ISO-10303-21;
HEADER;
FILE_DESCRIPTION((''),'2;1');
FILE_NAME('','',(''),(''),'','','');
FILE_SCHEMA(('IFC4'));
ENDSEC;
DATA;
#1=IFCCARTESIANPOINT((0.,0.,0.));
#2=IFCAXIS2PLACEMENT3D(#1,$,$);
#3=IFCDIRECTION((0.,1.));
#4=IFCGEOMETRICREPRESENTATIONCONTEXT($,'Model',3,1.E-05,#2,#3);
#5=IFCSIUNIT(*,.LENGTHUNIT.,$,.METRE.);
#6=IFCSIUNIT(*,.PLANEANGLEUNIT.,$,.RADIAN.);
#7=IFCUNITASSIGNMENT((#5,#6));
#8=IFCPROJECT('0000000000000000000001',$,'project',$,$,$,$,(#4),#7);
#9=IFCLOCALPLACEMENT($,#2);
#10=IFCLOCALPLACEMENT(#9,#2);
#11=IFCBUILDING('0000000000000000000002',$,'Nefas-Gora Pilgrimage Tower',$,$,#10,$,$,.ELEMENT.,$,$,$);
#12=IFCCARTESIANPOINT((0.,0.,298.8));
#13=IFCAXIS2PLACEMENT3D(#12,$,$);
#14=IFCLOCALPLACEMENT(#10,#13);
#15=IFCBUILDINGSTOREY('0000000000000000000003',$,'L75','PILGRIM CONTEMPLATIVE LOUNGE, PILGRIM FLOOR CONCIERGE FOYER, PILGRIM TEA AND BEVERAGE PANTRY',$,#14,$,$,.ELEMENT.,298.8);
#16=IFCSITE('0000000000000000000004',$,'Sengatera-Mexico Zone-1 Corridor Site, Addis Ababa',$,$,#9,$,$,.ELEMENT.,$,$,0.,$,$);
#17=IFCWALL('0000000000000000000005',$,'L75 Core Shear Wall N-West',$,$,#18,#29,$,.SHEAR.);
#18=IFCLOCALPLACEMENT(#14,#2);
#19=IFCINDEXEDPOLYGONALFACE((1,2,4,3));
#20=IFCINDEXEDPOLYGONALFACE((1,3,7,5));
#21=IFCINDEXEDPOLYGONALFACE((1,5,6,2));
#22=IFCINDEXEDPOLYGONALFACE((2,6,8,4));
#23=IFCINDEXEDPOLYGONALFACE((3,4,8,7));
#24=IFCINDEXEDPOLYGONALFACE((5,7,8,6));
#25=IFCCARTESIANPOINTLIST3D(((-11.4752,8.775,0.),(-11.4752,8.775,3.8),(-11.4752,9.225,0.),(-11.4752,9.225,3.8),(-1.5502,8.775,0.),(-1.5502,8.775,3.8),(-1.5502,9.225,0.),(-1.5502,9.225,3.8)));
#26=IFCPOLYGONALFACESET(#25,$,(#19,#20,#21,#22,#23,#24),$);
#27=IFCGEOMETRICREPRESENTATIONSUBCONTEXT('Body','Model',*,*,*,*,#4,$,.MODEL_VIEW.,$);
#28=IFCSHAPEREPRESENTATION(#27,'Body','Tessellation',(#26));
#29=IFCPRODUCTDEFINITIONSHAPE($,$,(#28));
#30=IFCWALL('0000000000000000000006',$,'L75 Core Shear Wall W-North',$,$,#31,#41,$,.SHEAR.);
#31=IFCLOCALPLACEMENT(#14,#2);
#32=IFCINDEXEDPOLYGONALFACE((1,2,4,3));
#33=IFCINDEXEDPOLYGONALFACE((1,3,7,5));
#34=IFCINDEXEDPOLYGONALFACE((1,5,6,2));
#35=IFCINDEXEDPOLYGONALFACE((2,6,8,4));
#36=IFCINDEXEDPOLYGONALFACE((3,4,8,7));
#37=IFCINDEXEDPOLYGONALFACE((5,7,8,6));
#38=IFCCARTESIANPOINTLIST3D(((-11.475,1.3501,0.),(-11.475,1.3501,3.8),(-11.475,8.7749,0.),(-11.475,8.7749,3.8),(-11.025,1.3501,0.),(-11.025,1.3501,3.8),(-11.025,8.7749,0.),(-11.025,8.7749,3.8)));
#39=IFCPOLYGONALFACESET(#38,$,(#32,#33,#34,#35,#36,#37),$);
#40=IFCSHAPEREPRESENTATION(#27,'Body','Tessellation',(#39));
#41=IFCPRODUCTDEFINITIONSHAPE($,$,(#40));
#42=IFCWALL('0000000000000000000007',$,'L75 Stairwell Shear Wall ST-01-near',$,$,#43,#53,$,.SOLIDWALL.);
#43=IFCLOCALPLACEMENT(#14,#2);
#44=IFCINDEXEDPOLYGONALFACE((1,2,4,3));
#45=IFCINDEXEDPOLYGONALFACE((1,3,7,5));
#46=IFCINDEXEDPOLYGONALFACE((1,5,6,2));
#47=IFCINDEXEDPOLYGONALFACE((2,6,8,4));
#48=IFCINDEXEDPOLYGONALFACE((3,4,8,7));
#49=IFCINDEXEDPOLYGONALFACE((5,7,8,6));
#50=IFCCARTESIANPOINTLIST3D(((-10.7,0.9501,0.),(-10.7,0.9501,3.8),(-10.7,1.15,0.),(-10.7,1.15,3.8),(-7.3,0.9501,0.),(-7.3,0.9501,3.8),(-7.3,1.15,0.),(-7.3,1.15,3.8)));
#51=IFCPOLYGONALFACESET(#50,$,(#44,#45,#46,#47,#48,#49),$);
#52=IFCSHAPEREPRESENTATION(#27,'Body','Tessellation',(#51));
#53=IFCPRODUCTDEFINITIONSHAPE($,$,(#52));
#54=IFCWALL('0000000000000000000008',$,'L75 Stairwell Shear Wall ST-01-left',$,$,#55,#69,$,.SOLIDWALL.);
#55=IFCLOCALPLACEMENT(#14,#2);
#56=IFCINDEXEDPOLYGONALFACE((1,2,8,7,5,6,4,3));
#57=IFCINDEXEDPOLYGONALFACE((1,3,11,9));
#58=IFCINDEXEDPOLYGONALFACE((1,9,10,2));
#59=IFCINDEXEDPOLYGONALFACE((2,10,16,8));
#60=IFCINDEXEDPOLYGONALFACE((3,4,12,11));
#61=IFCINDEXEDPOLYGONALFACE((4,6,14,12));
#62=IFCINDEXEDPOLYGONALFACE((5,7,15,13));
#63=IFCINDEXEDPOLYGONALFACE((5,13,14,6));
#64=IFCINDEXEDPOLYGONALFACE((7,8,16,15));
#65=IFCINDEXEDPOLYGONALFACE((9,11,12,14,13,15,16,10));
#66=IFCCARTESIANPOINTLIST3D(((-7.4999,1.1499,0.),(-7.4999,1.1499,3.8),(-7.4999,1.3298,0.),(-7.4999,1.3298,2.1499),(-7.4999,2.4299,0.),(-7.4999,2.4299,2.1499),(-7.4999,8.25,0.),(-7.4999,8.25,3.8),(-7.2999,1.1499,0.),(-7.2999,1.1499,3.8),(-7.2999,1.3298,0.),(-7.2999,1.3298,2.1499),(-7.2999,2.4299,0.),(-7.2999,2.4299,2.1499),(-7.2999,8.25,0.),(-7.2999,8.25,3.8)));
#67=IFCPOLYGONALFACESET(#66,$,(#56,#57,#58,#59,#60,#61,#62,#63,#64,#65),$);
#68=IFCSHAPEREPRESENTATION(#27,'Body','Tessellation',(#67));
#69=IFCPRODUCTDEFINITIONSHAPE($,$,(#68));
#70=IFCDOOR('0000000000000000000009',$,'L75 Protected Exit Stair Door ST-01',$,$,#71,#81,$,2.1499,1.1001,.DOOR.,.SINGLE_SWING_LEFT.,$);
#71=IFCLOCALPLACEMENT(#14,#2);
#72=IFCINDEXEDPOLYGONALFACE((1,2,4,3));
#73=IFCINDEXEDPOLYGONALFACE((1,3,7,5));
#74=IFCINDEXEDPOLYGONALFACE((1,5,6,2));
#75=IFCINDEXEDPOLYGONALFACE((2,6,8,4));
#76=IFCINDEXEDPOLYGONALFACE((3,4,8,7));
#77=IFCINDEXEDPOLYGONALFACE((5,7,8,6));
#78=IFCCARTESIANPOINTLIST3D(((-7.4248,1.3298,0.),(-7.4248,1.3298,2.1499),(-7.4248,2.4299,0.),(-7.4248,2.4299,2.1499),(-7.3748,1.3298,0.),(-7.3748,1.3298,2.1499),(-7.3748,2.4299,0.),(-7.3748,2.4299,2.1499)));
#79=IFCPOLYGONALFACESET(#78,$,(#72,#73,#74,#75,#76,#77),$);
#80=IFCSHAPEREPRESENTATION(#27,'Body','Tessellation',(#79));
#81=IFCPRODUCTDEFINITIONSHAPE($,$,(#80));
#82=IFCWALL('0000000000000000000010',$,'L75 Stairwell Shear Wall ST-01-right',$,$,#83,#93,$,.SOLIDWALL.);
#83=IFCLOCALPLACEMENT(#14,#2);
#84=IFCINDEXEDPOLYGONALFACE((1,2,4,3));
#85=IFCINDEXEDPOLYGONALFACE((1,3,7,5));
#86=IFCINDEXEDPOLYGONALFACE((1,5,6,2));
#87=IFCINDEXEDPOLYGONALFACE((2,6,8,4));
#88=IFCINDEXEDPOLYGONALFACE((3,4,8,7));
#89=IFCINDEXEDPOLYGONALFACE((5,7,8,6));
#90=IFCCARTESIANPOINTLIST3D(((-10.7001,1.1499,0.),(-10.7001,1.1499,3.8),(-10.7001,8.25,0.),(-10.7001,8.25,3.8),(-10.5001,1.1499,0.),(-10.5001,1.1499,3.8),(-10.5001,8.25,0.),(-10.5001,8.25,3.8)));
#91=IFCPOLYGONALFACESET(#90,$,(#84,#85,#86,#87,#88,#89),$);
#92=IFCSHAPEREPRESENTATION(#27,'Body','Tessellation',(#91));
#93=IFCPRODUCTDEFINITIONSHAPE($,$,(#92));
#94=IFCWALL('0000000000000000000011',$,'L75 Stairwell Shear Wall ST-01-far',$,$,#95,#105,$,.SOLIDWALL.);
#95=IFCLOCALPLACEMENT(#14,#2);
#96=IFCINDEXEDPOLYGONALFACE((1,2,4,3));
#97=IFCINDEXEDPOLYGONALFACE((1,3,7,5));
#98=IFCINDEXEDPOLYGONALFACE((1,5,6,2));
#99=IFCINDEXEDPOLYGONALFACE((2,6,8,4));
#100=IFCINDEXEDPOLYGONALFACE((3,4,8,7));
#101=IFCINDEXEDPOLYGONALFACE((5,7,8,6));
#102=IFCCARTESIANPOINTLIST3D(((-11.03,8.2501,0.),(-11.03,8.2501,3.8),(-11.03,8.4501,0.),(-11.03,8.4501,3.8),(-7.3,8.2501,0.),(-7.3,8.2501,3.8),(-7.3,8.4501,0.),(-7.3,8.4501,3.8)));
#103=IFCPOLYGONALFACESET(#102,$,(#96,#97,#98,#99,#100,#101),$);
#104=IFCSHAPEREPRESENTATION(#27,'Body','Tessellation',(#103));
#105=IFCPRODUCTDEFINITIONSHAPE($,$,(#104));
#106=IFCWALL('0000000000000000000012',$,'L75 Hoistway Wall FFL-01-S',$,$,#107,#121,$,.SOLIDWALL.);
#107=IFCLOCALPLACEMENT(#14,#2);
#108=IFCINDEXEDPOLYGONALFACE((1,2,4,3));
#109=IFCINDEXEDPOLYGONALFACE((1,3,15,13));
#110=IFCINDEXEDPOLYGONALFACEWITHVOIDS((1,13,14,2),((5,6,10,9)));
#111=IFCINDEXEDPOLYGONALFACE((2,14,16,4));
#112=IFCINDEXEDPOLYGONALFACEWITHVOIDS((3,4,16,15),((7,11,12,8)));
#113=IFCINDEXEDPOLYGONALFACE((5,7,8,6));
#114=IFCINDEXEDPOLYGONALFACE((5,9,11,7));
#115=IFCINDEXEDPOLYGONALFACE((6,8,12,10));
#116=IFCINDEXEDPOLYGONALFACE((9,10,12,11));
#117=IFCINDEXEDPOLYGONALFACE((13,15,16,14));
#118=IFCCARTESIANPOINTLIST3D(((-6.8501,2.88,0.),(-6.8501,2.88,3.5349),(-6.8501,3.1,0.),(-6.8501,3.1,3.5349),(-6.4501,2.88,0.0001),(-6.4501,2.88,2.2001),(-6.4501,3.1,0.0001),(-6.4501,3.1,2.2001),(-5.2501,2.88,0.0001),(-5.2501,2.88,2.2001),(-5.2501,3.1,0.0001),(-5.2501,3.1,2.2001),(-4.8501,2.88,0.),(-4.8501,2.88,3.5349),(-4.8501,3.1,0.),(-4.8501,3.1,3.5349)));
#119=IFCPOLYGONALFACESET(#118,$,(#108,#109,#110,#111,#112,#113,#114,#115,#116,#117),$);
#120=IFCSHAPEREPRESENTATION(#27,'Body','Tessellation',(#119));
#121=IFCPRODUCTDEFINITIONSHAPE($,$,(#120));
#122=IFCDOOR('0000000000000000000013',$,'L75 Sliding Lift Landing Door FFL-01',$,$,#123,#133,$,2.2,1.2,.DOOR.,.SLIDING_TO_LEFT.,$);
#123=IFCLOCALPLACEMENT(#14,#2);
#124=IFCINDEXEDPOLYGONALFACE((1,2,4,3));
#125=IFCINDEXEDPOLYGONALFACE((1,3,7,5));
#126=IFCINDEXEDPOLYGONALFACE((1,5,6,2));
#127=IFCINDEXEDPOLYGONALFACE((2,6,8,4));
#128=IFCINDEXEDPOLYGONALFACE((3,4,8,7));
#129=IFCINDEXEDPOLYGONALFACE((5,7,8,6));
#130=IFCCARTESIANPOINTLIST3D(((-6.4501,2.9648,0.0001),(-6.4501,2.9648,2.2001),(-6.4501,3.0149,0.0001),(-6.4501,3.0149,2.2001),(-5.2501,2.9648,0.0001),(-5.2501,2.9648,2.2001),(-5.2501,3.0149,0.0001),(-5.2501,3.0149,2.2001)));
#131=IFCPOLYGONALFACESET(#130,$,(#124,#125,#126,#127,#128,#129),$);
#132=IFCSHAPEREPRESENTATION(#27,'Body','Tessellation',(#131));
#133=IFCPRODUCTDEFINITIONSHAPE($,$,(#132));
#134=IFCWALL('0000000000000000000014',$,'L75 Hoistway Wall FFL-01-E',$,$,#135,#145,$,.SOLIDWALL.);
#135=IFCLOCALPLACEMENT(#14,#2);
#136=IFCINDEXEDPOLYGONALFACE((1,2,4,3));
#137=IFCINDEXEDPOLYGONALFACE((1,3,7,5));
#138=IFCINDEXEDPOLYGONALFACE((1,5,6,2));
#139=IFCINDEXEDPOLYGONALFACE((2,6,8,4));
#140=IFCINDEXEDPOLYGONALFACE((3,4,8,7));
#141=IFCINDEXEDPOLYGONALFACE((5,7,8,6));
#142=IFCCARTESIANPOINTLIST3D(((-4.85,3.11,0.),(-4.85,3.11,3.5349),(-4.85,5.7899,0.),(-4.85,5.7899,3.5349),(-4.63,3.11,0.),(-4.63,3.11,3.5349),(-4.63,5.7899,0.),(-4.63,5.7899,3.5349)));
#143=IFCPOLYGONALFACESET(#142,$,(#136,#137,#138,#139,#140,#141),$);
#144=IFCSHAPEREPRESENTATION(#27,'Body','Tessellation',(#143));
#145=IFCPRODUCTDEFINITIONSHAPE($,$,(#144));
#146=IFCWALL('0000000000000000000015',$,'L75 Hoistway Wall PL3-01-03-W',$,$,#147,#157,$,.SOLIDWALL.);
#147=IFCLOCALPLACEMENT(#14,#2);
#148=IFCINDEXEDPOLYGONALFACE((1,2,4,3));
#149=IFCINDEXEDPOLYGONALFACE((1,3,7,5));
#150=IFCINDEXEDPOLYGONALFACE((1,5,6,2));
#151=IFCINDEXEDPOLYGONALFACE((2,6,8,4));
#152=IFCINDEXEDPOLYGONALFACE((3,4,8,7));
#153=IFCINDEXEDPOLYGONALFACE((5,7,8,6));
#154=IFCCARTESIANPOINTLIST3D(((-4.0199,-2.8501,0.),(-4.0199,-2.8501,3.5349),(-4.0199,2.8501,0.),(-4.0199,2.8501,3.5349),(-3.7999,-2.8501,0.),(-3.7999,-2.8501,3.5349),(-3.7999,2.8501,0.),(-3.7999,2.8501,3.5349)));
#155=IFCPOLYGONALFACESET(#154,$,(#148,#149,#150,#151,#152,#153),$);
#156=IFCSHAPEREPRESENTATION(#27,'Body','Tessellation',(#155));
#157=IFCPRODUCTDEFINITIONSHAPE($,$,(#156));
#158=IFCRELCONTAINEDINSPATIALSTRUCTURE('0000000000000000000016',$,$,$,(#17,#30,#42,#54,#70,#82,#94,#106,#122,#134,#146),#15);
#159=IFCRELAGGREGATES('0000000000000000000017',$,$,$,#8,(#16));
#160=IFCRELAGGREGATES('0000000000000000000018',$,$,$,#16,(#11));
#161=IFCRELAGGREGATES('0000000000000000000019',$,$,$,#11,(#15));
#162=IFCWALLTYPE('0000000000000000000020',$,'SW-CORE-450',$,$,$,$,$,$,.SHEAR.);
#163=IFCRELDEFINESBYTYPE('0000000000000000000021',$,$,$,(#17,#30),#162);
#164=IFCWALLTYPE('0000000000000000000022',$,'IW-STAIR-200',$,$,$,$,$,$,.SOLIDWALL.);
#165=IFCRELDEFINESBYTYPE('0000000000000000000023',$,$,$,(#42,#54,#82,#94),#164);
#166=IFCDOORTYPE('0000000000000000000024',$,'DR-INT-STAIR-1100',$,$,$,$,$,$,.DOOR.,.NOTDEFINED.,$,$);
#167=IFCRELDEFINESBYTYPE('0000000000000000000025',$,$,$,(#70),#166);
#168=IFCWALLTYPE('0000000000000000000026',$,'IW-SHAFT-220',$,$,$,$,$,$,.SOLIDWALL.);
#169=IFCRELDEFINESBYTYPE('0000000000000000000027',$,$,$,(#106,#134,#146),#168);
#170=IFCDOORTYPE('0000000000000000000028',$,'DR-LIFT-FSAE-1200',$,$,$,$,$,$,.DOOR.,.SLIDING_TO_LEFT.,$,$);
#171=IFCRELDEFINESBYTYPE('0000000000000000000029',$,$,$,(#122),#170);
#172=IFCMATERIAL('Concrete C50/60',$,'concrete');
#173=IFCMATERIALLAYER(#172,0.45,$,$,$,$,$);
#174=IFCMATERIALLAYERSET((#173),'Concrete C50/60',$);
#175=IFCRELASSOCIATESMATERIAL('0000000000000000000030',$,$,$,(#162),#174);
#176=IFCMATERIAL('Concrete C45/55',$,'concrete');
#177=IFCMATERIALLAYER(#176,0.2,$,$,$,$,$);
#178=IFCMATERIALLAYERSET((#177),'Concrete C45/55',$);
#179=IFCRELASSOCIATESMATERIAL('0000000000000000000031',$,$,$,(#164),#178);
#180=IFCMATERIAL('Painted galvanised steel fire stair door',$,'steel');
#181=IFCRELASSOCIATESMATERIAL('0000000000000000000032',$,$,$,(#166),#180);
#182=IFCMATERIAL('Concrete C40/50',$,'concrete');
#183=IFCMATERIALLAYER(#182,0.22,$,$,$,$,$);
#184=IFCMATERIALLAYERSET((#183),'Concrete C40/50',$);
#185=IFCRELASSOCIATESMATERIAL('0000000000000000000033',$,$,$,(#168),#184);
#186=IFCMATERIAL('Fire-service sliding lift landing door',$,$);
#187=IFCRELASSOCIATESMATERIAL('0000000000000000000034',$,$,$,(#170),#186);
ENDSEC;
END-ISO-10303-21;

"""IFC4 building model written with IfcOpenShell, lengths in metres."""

from ifc_helpers import new_model, si_unit, direction, frame, frame_2d, origin, place, context, subcontext, project, spatial, rectangle, extrude, source, transform, mapped, material, layer, layer_set, type_object, element, fill, save


model = new_model("IFC4")

# Units and contexts
model_context = context("Model", 3, precision=1e-05, world=origin(), true_north=direction((0.0, 1.0)))
body_context = subcontext(model_context, "Body", "Model", "MODEL_VIEW")
ifc_project = project(units=[si_unit("LENGTHUNIT", "METRE"), si_unit("PLANEANGLEUNIT", "RADIAN")], contexts=[model_context])

# Site, building, storey
site_placement = place(None, origin())
site = spatial("IfcSite", under=ifc_project, at=site_placement, Name="Sengatera-Mexico Zone-1 Corridor Site, Addis Ababa", CompositionType="ELEMENT", RefElevation=0.0)
building_placement = place(site_placement, origin())
building = spatial("IfcBuilding", under=site, at=building_placement, Name="Nefas-Gora Pilgrimage Tower", CompositionType="ELEMENT")
storey_placement = place(building_placement, frame((0.0, 0.0, 298.8)))
storey = spatial("IfcBuildingStorey", under=building, at=storey_placement, Name="L75", Description="PILGRIM CONTEMPLATIVE LOUNGE, PILGRIM FLOOR CONCIERGE FOYER, PILGRIM TEA AND BEVERAGE PANTRY", CompositionType="ELEMENT", Elevation=298.8)

# Walls
ifc_material_1 = material(Name="Concrete C50/60", Category="concrete")
ifc_layer_1 = layer(ifc_material_1, 0.45)
ifc_layer_set_1 = layer_set([ifc_layer_1], Name="Concrete C50/60")
wall_type_1 = type_object("IfcWallType", Name="SW-CORE-450", PredefinedType="SHEAR", material=ifc_layer_set_1)
shared_shape_1 = source(origin(), body_context, "Body", "SweptSolid", [
    extrude(rectangle(XDim=9.925, YDim=0.45, at=frame_2d((4.9624, 0.0))), origin(), (0.0, 0.0, 1.0), 3.8),
])
wall_1_placement = place(storey_placement, frame((-11.4751, 9.0, 0.0), z_axis=(0.0, 0.0, 1.0), x_axis=(1.0, 0.0, 0.0)))
element("IfcWall", 1, at=wall_1_placement, inside=storey, type_object=wall_type_1, Name="L75 Core Shear Wall N-West", PredefinedType="SHEAR", context=body_context, shape_type="MappedRepresentation", body=[
    mapped(shared_shape_1, transform((0.0, 0.0, 0.0), x_axis=(1.0, 0.0, 0.0), y_axis=(0.0, 1.0, 0.0), z_axis=(0.0, 0.0, 1.0), scale=1.0)),
])
shared_shape_2 = source(origin(), body_context, "Body", "SweptSolid", [
    extrude(rectangle(XDim=7.4248, YDim=0.45, at=frame_2d((3.7124, 0.0))), origin(), (0.0, 0.0, 1.0), 3.8),
])
wall_2_placement = place(storey_placement, frame((-11.25, 1.3501, 0.0), z_axis=(0.0, 0.0, 1.0), x_axis=(0.0, 1.0, 0.0)))
element("IfcWall", 2, at=wall_2_placement, inside=storey, type_object=wall_type_1, Name="L75 Core Shear Wall W-North", PredefinedType="SHEAR", context=body_context, shape_type="MappedRepresentation", body=[
    mapped(shared_shape_2, transform((0.0, 0.0, 0.0), x_axis=(1.0, 0.0, 0.0), y_axis=(0.0, 1.0, 0.0), z_axis=(0.0, 0.0, 1.0), scale=1.0)),
])
ifc_material_2 = material(Name="Concrete C45/55", Category="concrete")
ifc_layer_2 = layer(ifc_material_2, 0.2)
ifc_layer_set_2 = layer_set([ifc_layer_2], Name="Concrete C45/55")
wall_type_2 = type_object("IfcWallType", Name="IW-STAIR-200", PredefinedType="SOLIDWALL", material=ifc_layer_set_2)
shared_shape_3 = source(origin(), body_context, "Body", "SweptSolid", [
    extrude(rectangle(XDim=3.3999, YDim=0.2, at=frame_2d((1.7, 0.0))), origin(), (0.0, 0.0, 1.0), 3.8),
])
wall_3_placement = place(storey_placement, frame((-7.3, 1.05, 0.0), z_axis=(0.0, 0.0, 1.0), x_axis=(-1.0, 0.0, 0.0)))
element("IfcWall", 3, at=wall_3_placement, inside=storey, type_object=wall_type_2, Name="L75 Stairwell Shear Wall ST-01-near", PredefinedType="SOLIDWALL", context=body_context, shape_type="MappedRepresentation", body=[
    mapped(shared_shape_3, transform((0.0, 0.0, 0.0), x_axis=(1.0, 0.0, 0.0), y_axis=(0.0, 1.0, 0.0), z_axis=(0.0, 0.0, 1.0), scale=1.0)),
])

# Wall, opening, door
shared_shape_4 = source(origin(), body_context, "Body", "SweptSolid", [
    extrude(rectangle(XDim=7.1001, YDim=0.2, at=frame_2d((3.55, 0.0))), origin(), (0.0, 0.0, 1.0), 3.8),
])
wall_4_placement = place(storey_placement, frame((-7.3999, 1.1499, 0.0), z_axis=(0.0, 0.0, 1.0), x_axis=(0.0, 1.0, 0.0)))
wall_4 = element("IfcWall", 4, at=wall_4_placement, inside=storey, type_object=wall_type_2, Name="L75 Stairwell Shear Wall ST-01-left", PredefinedType="SOLIDWALL", context=body_context, shape_type="MappedRepresentation", body=[
    mapped(shared_shape_4, transform((0.0, 0.0, 0.0), x_axis=(1.0, 0.0, 0.0), y_axis=(0.0, 1.0, 0.0), z_axis=(0.0, 0.0, 1.0), scale=1.0)),
])
opening_1_placement = place(wall_4_placement, frame((0.1799, 0.0, 0.0)))
opening_1 = element("IfcOpeningElement", 5, at=opening_1_placement, cuts=wall_4, PredefinedType="OPENING", context=body_context, shape_type="SweptSolid", body=[
    extrude(rectangle(XDim=1.1001, YDim=2.1499, at=frame_2d((0.55, 1.075))), frame((0.0, 0.1099, 0.0), z_axis=(0.0, -1.0, 0.0), x_axis=(1.0, 0.0, 0.0)), (0.0, 0.0, 1.0), 0.22),
])
ifc_material_3 = material(Name="Painted galvanised steel fire stair door", Category="steel")
door_type_1 = type_object("IfcDoorType", Name="DR-INT-STAIR-1100", OperationType="NOTDEFINED", PredefinedType="DOOR", material=ifc_material_3)
shared_shape_5 = source(origin(), body_context, "Body", "SweptSolid", [
    extrude(rectangle(XDim=1.1001, YDim=2.1499, at=frame_2d((0.55, 1.075))), frame((0.0, 0.0249, 0.0), z_axis=(0.0, -1.0, 0.0), x_axis=(1.0, 0.0, 0.0)), (0.0, 0.0, 1.0), 0.05),
])
door_1_placement = place(opening_1_placement, origin())
door_1 = element("IfcDoor", 6, at=door_1_placement, inside=storey, type_object=door_type_1, Name="L75 Protected Exit Stair Door ST-01", OperationType="SINGLE_SWING_LEFT", OverallHeight=2.1499, OverallWidth=1.1001, PredefinedType="DOOR", context=body_context, shape_type="MappedRepresentation", body=[
    mapped(shared_shape_5, transform((0.0, 0.0, 0.0), x_axis=(1.0, 0.0, 0.0), y_axis=(0.0, 1.0, 0.0), z_axis=(0.0, 0.0, 1.0), scale=1.0)),
])
fill(opening_1, door_1)

# Walls
wall_5_placement = place(storey_placement, frame((-10.6001, 1.1499, 0.0), z_axis=(0.0, 0.0, 1.0), x_axis=(0.0, 1.0, 0.0)))
element("IfcWall", 7, at=wall_5_placement, inside=storey, type_object=wall_type_2, Name="L75 Stairwell Shear Wall ST-01-right", PredefinedType="SOLIDWALL", context=body_context, shape_type="MappedRepresentation", body=[
    mapped(shared_shape_4, transform((0.0, 0.0, 0.0), x_axis=(1.0, 0.0, 0.0), y_axis=(0.0, 1.0, 0.0), z_axis=(0.0, 0.0, 1.0), scale=1.0)),
])
shared_shape_6 = source(origin(), body_context, "Body", "SweptSolid", [
    extrude(rectangle(XDim=3.73, YDim=0.2, at=frame_2d((1.865, 0.0))), origin(), (0.0, 0.0, 1.0), 3.8),
])
wall_6_placement = place(storey_placement, frame((-7.3, 8.3501, 0.0), z_axis=(0.0, 0.0, 1.0), x_axis=(-1.0, 0.0, 0.0)))
element("IfcWall", 8, at=wall_6_placement, inside=storey, type_object=wall_type_2, Name="L75 Stairwell Shear Wall ST-01-far", PredefinedType="SOLIDWALL", context=body_context, shape_type="MappedRepresentation", body=[
    mapped(shared_shape_6, transform((0.0, 0.0, 0.0), x_axis=(1.0, 0.0, 0.0), y_axis=(0.0, 1.0, 0.0), z_axis=(0.0, 0.0, 1.0), scale=1.0)),
])

# Wall, opening, door
ifc_material_4 = material(Name="Concrete C40/50", Category="concrete")
ifc_layer_3 = layer(ifc_material_4, 0.22)
ifc_layer_set_3 = layer_set([ifc_layer_3], Name="Concrete C40/50")
wall_type_3 = type_object("IfcWallType", Name="IW-SHAFT-220", PredefinedType="SOLIDWALL", material=ifc_layer_set_3)
shared_shape_7 = source(origin(), body_context, "Body", "SweptSolid", [
    extrude(rectangle(XDim=2.0, YDim=0.22, at=frame_2d((1.0, 0.0))), origin(), (0.0, 0.0, 1.0), 3.5349),
])
wall_7_placement = place(storey_placement, frame((-6.8501, 2.99, 0.0), z_axis=(0.0, 0.0, 1.0), x_axis=(1.0, 0.0, 0.0)))
wall_7 = element("IfcWall", 9, at=wall_7_placement, inside=storey, type_object=wall_type_3, Name="L75 Hoistway Wall FFL-01-S", PredefinedType="SOLIDWALL", context=body_context, shape_type="MappedRepresentation", body=[
    mapped(shared_shape_7, transform((0.0, 0.0, 0.0), x_axis=(1.0, 0.0, 0.0), y_axis=(0.0, 1.0, 0.0), z_axis=(0.0, 0.0, 1.0), scale=1.0)),
])
opening_2_placement = place(wall_7_placement, frame((0.3999, 0.0, 0.0)))
opening_2 = element("IfcOpeningElement", 10, at=opening_2_placement, cuts=wall_7, PredefinedType="OPENING", context=body_context, shape_type="SweptSolid", body=[
    extrude(rectangle(XDim=1.2, YDim=2.2, at=frame_2d((0.6001, 1.1001))), frame((0.0, 0.1199, 0.0), z_axis=(0.0, -1.0, 0.0), x_axis=(1.0, 0.0, 0.0)), (0.0, 0.0, 1.0), 0.24),
])
ifc_material_5 = material(Name="Fire-service sliding lift landing door")
door_type_2 = type_object("IfcDoorType", Name="DR-LIFT-FSAE-1200", OperationType="SLIDING_TO_LEFT", PredefinedType="DOOR", material=ifc_material_5)
shared_shape_8 = source(origin(), body_context, "Body", "SweptSolid", [
    extrude(rectangle(XDim=1.2, YDim=2.2, at=frame_2d((0.6001, 1.1001))), frame((0.0, 0.0249, 0.0), z_axis=(0.0, -1.0, 0.0), x_axis=(1.0, 0.0, 0.0)), (0.0, 0.0, 1.0), 0.05),
])
door_2_placement = place(opening_2_placement, origin())
door_2 = element("IfcDoor", 11, at=door_2_placement, inside=storey, type_object=door_type_2, Name="L75 Sliding Lift Landing Door FFL-01", OperationType="SLIDING_TO_LEFT", OverallHeight=2.2, OverallWidth=1.2, PredefinedType="DOOR", context=body_context, shape_type="MappedRepresentation", body=[
    mapped(shared_shape_8, transform((0.0, 0.0, 0.0), x_axis=(1.0, 0.0, 0.0), y_axis=(0.0, 1.0, 0.0), z_axis=(0.0, 0.0, 1.0), scale=1.0)),
])
fill(opening_2, door_2)

# Walls
shared_shape_9 = source(origin(), body_context, "Body", "SweptSolid", [
    extrude(rectangle(XDim=2.6799, YDim=0.22, at=frame_2d((1.3398, 0.0))), origin(), (0.0, 0.0, 1.0), 3.5349),
])
wall_8_placement = place(storey_placement, frame((-4.74, 3.1101, 0.0), z_axis=(0.0, 0.0, 1.0), x_axis=(0.0, 1.0, 0.0)))
element("IfcWall", 12, at=wall_8_placement, inside=storey, type_object=wall_type_3, Name="L75 Hoistway Wall FFL-01-E", PredefinedType="SOLIDWALL", context=body_context, shape_type="MappedRepresentation", body=[
    mapped(shared_shape_9, transform((0.0, 0.0, 0.0), x_axis=(1.0, 0.0, 0.0), y_axis=(0.0, 1.0, 0.0), z_axis=(0.0, 0.0, 1.0), scale=1.0)),
])
shared_shape_10 = source(origin(), body_context, "Body", "SweptSolid", [
    extrude(rectangle(XDim=5.7002, YDim=0.22, at=frame_2d((2.8501, 0.0))), origin(), (0.0, 0.0, 1.0), 3.5349),
])
wall_9_placement = place(storey_placement, frame((-3.9099, 2.8501, 0.0), z_axis=(0.0, 0.0, 1.0), x_axis=(0.0, -1.0, 0.0)))
element("IfcWall", 13, at=wall_9_placement, inside=storey, type_object=wall_type_3, Name="L75 Hoistway Wall PL3-01-03-W", PredefinedType="SOLIDWALL", context=body_context, shape_type="MappedRepresentation", body=[
    mapped(shared_shape_10, transform((0.0, 0.0, 0.0), x_axis=(1.0, 0.0, 0.0), y_axis=(0.0, 1.0, 0.0), z_axis=(0.0, 0.0, 1.0), scale=1.0)),
])

save(model, "model.ifc")
